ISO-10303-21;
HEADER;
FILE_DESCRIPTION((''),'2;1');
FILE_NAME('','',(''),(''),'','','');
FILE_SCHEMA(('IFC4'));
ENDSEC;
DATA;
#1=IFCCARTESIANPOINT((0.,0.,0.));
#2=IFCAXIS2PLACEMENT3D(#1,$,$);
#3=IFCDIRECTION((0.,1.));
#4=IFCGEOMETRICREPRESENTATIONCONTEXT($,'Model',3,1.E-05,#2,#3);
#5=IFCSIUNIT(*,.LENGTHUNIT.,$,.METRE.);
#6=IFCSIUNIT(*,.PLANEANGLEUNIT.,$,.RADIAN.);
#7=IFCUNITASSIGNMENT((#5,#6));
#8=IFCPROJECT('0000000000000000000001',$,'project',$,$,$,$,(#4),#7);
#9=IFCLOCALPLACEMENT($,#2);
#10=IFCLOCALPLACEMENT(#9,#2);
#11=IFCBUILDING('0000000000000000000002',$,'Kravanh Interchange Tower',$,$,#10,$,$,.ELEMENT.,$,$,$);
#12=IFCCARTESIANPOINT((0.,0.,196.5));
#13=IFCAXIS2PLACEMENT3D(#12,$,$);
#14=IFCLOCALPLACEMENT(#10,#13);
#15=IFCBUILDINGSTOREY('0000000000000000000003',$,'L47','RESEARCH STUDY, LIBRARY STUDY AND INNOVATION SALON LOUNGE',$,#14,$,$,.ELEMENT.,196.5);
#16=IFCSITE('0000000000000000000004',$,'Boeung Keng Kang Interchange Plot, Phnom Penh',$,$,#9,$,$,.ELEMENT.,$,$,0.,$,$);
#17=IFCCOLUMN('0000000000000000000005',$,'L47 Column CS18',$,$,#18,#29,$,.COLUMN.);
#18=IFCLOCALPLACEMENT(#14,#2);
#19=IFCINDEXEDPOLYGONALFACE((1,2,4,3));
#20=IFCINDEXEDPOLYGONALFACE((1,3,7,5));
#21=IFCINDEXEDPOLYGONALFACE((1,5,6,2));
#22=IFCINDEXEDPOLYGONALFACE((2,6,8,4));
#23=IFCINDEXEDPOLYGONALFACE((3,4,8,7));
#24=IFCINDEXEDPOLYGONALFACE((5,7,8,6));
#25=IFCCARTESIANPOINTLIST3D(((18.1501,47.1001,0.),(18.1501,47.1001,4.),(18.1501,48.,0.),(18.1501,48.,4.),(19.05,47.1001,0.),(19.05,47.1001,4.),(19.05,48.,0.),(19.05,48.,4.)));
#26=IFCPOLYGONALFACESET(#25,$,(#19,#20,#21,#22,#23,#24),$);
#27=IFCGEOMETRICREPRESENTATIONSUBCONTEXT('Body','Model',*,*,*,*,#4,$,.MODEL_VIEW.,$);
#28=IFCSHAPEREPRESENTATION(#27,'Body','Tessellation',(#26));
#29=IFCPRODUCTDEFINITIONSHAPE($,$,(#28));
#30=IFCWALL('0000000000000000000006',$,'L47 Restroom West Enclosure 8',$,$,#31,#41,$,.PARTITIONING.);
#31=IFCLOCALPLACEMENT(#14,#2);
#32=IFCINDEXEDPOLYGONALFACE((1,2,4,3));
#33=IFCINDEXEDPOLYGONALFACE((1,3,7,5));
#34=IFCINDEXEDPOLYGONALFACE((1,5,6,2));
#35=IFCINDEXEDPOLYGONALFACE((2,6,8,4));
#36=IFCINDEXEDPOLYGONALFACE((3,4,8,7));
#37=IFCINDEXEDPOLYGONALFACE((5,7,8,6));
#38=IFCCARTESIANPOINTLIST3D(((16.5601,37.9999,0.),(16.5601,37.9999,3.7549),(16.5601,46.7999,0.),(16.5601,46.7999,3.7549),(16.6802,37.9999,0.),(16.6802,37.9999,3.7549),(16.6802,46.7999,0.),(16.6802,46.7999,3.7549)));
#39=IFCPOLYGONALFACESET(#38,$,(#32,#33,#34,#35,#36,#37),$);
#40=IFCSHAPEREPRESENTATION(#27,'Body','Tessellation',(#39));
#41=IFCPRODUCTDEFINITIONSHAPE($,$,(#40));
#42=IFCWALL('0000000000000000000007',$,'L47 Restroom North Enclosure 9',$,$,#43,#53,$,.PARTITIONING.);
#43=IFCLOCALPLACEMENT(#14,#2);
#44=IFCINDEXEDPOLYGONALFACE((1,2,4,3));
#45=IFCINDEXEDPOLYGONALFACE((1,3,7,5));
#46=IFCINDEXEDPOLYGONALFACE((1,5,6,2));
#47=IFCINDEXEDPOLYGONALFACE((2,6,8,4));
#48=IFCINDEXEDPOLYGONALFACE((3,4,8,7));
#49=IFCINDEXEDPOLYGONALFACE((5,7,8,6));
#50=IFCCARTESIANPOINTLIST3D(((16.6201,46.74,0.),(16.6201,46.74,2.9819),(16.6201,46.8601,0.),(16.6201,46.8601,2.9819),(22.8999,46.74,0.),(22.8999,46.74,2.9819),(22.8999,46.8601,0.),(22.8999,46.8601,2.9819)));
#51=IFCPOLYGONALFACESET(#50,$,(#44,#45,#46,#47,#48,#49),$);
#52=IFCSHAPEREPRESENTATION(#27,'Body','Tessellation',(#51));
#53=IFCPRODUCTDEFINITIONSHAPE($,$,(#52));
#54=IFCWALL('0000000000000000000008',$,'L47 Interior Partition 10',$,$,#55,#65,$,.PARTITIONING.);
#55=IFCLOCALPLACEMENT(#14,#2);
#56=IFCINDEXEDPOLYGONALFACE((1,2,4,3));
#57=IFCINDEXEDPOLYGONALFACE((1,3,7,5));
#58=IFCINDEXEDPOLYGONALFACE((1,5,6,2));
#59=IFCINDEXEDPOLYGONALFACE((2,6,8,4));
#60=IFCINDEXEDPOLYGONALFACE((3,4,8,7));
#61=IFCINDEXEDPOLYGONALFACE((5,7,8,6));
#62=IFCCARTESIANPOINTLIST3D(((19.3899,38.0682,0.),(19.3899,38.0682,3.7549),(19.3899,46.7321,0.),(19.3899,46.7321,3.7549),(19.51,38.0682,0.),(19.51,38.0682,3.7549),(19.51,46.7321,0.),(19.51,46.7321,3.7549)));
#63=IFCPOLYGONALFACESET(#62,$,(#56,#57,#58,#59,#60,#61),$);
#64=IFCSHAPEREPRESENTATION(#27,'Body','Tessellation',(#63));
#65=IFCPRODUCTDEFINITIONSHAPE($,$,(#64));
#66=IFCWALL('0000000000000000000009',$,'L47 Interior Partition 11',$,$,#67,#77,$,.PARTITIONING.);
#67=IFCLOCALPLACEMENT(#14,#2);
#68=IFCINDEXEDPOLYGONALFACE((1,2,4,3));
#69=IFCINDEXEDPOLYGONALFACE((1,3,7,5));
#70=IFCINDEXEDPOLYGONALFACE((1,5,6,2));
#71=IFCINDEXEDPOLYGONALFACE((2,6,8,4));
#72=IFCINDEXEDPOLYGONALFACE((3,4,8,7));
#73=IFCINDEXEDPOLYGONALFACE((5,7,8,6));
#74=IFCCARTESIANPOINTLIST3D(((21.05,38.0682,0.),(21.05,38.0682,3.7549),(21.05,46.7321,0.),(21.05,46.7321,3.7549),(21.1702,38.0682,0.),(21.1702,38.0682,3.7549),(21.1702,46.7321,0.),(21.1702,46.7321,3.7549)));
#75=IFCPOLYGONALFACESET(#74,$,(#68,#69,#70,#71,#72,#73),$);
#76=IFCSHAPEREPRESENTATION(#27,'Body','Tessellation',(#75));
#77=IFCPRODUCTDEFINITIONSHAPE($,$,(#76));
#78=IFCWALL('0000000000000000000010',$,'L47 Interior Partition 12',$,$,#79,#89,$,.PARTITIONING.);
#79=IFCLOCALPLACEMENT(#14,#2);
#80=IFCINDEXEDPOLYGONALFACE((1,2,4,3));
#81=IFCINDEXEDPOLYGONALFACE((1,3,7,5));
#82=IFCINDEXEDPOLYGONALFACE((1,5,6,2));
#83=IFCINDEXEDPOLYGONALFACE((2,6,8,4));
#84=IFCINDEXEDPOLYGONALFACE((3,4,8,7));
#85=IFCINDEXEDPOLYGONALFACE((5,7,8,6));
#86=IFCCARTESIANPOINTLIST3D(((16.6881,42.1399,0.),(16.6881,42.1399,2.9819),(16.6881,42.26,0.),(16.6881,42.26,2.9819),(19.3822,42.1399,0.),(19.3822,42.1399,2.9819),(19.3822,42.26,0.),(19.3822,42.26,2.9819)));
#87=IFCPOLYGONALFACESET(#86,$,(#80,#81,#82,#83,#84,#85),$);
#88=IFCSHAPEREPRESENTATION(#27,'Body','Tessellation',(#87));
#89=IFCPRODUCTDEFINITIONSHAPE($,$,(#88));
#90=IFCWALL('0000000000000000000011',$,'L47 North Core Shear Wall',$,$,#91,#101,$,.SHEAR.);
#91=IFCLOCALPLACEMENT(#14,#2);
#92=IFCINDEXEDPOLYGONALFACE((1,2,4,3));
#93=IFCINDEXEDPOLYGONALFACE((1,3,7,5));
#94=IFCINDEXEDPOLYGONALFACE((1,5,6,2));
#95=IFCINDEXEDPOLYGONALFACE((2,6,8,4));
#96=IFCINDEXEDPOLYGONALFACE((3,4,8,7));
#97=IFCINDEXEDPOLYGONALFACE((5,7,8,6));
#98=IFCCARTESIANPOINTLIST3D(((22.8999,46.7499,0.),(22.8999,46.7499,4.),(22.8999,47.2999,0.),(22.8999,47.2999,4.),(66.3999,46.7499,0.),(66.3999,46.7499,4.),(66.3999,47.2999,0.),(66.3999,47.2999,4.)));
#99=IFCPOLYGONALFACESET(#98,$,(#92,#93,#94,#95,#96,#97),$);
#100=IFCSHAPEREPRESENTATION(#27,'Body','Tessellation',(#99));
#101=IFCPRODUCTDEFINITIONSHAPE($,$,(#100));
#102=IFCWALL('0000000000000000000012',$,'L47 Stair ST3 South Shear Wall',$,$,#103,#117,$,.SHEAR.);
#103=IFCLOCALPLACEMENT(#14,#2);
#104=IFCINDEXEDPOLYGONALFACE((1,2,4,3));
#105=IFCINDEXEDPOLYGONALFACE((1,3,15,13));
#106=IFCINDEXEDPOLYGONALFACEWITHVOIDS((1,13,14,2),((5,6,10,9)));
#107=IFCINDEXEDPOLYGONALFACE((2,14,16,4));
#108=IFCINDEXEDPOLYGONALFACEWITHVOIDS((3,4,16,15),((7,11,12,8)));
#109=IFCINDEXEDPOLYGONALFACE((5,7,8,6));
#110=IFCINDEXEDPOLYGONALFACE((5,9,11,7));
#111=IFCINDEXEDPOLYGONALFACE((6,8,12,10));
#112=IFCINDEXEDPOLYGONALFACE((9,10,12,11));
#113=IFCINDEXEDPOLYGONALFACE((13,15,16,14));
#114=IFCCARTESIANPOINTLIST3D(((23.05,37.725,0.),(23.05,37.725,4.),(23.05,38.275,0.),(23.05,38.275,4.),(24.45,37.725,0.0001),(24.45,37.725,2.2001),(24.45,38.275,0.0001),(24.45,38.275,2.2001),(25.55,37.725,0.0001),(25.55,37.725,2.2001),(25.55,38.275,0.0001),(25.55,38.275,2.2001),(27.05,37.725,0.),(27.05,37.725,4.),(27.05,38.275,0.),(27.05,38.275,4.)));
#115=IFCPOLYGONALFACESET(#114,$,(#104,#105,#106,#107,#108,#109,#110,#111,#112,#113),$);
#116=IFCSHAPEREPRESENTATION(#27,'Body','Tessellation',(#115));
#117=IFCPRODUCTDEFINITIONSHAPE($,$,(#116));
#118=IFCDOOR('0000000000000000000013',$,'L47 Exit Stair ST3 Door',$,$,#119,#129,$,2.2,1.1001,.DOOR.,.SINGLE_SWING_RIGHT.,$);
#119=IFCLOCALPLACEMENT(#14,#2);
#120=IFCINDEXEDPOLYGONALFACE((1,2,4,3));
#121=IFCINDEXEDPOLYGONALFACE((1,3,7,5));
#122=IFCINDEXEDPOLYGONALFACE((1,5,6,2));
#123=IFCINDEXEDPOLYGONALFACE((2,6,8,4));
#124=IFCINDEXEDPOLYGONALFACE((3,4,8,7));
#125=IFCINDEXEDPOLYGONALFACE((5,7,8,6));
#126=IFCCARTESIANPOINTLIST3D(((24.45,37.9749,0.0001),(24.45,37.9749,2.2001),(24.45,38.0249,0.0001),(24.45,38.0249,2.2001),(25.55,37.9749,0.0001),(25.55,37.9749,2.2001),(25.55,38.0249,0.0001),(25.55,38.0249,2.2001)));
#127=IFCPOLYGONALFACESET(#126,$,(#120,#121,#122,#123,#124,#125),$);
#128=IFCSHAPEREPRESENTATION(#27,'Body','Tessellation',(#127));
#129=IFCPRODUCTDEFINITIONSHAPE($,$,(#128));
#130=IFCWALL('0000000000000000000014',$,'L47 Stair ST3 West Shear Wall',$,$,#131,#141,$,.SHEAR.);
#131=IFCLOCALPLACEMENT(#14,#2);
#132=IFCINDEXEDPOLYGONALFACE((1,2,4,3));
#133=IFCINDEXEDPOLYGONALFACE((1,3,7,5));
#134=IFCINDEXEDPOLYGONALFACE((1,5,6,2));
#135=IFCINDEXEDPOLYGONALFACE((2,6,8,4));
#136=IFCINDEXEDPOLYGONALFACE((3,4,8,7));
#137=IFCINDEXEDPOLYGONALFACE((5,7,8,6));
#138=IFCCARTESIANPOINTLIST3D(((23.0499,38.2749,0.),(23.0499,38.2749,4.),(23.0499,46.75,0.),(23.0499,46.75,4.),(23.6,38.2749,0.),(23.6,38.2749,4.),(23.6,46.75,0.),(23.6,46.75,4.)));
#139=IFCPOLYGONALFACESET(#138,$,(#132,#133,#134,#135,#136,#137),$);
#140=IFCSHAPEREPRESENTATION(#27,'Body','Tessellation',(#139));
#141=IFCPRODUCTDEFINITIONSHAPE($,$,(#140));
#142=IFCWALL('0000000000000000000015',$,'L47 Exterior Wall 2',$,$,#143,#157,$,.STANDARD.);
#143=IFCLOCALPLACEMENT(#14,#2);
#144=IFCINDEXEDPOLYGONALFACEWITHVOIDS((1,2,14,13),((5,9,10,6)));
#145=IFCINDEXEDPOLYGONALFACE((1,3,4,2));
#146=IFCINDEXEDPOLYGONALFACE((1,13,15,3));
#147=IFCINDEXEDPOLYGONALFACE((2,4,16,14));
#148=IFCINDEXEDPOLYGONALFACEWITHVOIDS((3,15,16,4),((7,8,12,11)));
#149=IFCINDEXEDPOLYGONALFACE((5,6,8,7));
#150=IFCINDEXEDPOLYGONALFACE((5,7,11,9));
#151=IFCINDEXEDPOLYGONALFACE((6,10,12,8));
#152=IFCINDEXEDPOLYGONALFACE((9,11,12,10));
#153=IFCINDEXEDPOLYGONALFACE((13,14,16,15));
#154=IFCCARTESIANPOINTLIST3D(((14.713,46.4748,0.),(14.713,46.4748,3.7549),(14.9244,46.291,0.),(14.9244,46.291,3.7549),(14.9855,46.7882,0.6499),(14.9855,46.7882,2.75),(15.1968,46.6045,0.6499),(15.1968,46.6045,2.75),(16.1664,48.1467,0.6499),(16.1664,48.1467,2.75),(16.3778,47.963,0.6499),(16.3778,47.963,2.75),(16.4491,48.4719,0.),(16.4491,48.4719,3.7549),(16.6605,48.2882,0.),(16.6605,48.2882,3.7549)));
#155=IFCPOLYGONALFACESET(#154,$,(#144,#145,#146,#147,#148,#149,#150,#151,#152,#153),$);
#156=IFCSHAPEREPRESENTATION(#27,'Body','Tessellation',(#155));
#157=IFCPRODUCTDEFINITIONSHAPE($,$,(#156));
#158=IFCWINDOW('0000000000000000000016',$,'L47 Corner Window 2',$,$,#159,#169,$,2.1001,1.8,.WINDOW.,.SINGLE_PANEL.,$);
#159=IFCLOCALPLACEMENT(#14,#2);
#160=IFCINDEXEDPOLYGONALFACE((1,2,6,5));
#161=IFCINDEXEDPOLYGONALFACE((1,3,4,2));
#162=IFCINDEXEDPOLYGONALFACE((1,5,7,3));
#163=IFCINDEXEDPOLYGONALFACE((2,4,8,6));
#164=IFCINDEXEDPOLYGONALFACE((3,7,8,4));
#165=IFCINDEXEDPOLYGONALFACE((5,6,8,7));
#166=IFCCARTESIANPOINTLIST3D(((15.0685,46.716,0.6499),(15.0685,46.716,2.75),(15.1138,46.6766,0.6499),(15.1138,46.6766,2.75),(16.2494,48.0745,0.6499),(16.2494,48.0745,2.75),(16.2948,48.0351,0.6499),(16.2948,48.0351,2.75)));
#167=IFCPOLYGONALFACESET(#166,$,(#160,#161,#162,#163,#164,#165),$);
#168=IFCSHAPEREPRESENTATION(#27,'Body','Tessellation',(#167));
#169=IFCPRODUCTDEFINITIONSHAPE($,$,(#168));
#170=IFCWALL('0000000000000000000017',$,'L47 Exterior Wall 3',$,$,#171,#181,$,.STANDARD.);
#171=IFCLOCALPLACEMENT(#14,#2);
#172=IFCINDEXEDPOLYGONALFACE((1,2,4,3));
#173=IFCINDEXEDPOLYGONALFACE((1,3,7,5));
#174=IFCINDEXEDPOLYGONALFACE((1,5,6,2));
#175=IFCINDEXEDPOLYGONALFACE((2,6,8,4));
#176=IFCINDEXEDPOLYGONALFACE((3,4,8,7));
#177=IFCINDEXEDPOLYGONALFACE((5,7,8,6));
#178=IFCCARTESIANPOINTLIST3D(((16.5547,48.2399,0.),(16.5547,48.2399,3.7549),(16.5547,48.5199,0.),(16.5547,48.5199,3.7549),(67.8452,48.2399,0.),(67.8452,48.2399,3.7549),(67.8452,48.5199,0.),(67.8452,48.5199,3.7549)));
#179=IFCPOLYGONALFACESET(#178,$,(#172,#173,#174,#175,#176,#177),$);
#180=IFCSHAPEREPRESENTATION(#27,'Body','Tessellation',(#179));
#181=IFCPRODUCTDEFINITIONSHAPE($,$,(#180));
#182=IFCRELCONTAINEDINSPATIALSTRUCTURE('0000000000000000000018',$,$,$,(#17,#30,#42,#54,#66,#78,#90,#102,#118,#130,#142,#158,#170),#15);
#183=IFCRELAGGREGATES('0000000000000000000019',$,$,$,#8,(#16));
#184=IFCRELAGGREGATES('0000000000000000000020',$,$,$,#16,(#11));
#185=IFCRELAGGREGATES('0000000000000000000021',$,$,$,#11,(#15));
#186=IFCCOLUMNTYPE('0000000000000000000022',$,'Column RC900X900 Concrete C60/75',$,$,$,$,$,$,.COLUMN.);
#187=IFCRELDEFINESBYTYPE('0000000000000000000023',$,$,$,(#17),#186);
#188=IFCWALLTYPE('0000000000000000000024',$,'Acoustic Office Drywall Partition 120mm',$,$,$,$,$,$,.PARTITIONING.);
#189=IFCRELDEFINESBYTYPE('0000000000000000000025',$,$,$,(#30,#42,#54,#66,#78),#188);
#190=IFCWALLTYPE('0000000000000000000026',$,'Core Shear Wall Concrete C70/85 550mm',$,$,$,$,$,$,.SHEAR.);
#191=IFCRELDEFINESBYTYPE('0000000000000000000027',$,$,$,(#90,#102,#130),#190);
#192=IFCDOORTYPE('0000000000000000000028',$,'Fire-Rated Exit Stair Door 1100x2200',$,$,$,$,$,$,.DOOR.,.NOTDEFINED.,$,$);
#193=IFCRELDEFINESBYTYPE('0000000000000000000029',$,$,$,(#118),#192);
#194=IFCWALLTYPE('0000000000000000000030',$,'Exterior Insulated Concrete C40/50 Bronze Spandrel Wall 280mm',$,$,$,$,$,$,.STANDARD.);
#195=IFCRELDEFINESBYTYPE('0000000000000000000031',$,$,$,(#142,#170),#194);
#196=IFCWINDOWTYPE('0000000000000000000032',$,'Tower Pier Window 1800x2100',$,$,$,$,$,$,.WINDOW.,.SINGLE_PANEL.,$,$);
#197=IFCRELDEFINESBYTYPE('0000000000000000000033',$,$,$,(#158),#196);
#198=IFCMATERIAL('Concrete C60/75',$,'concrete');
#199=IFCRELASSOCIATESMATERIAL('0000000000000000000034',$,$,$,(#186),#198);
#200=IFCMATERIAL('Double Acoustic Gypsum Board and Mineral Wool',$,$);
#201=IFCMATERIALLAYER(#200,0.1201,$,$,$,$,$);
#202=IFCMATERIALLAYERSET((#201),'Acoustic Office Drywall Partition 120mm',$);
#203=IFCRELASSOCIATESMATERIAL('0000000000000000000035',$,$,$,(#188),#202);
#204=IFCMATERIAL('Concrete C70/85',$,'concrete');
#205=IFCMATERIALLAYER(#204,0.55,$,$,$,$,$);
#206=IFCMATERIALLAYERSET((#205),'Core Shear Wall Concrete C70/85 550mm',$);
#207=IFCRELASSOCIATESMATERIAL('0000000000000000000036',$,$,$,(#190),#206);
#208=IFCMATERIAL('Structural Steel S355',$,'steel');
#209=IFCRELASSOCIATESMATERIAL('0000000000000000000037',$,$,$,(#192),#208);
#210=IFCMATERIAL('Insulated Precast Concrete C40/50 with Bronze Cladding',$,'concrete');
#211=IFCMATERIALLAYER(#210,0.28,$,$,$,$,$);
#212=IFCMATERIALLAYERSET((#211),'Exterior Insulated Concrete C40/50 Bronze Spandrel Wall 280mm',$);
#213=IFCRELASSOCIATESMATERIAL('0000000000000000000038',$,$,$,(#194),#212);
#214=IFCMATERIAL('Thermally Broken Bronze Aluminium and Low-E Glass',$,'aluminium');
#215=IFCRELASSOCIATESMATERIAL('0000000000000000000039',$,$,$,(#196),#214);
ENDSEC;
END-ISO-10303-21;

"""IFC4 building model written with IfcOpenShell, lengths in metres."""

from ifc_helpers import new_model, si_unit, direction, frame, frame_2d, origin, origin_2d, place, context, subcontext, project, spatial, rectangle, extrude, material, layer, layer_set, material_profile, profile_set, type_object, element, fill, save


model = new_model("IFC4")

# Units and contexts
model_context = context("Model", 3, precision=1e-05, world=origin(), true_north=direction((0.0, 1.0)))
body_context = subcontext(model_context, "Body", "Model", "MODEL_VIEW")
ifc_project = project(units=[si_unit("LENGTHUNIT", "METRE"), si_unit("PLANEANGLEUNIT", "RADIAN")], contexts=[model_context])

# Site, building, storey
site_placement = place(None, origin())
site = spatial("IfcSite", under=ifc_project, at=site_placement, Name="Boeung Keng Kang Interchange Plot, Phnom Penh", CompositionType="ELEMENT", RefElevation=0.0)
building_placement = place(site_placement, origin())
building = spatial("IfcBuilding", under=site, at=building_placement, Name="Kravanh Interchange Tower", CompositionType="ELEMENT")
storey_placement = place(building_placement, frame((0.0, 0.0, 196.5)))
storey = spatial("IfcBuildingStorey", under=building, at=storey_placement, Name="L47", Description="RESEARCH STUDY, LIBRARY STUDY AND INNOVATION SALON LOUNGE", CompositionType="ELEMENT", Elevation=196.5)

# Column
ifc_material_1 = material(Name="Concrete C60/75", Category="concrete")
ifc_material_profile = material_profile(ifc_material_1, rectangle(XDim=0.8999, YDim=0.8999, at=origin_2d()), Name="RC900X900")
ifc_profile_set = profile_set([ifc_material_profile], Name="Concrete C60/75")
column_type = type_object("IfcColumnType", Name="Column RC900X900 Concrete C60/75", PredefinedType="COLUMN", material=ifc_profile_set)
column_placement = place(storey_placement, frame((18.6001, 47.55, 0.0), z_axis=(0.0, 0.0, 1.0), x_axis=(1.0, 0.0, 0.0)))
element("IfcColumn", 1, at=column_placement, inside=storey, type_object=column_type, Name="L47 Column CS18", PredefinedType="COLUMN", context=body_context, shape_type="SweptSolid", body=[
    extrude(rectangle(XDim=0.8999, YDim=0.8999, at=origin_2d()), origin(), (0.0, 0.0, 1.0), 4.0),
])

# Shared definitions
ifc_material_2 = material(Name="Double Acoustic Gypsum Board and Mineral Wool")
ifc_layer_1 = layer(ifc_material_2, 0.1201)
ifc_layer_set_1 = layer_set([ifc_layer_1], Name="Acoustic Office Drywall Partition 120mm")
wall_type_1 = type_object("IfcWallType", Name="Acoustic Office Drywall Partition 120mm", PredefinedType="PARTITIONING", material=ifc_layer_set_1)

# Walls
wall_1_placement = place(storey_placement, frame((16.6201, 38.0, 0.0), z_axis=(0.0, 0.0, 1.0), x_axis=(0.0, 1.0, 0.0)))
element("IfcWall", 2, at=wall_1_placement, inside=storey, type_object=wall_type_1, Name="L47 Restroom West Enclosure 8", PredefinedType="PARTITIONING", context=body_context, shape_type="SweptSolid", body=[
    extrude(rectangle(XDim=8.8, YDim=0.1201, at=frame_2d((4.3999, 0.0))), origin(), (0.0, 0.0, 1.0), 3.7549),
])
wall_2_placement = place(storey_placement, frame((16.6201, 46.8, 0.0), z_axis=(0.0, 0.0, 1.0), x_axis=(1.0, 0.0, 0.0)))
element("IfcWall", 3, at=wall_2_placement, inside=storey, type_object=wall_type_1, Name="L47 Restroom North Enclosure 9", PredefinedType="PARTITIONING", context=body_context, shape_type="SweptSolid", body=[
    extrude(rectangle(XDim=6.2798, YDim=0.1201, at=frame_2d((3.1399, 0.0))), origin(), (0.0, 0.0, 1.0), 2.9819),
])
for number, where, z_axis, x_axis, name in (
    (4, (19.45, 38.0681, 0.0), (0.0, 0.0, 1.0), (0.0, 1.0, 0.0), "L47 Interior Partition 10"),
    (5, (21.1101, 38.0681, 0.0), (0.0, 0.0, 1.0), (0.0, 1.0, 0.0), "L47 Interior Partition 11"),
):
    element("IfcWall", number, at=place(storey_placement, frame(where, z_axis=z_axis, x_axis=x_axis)), inside=storey, type_object=wall_type_1, Name=name, PredefinedType="PARTITIONING", context=body_context, shape_type="SweptSolid", body=[
        extrude(rectangle(XDim=8.6638, YDim=0.1201, at=frame_2d((4.332, 0.0))), origin(), (0.0, 0.0, 1.0), 3.7549),
    ])
wall_3_placement = place(storey_placement, frame((16.688, 42.2, 0.0), z_axis=(0.0, 0.0, 1.0), x_axis=(1.0, 0.0, 0.0)))
element("IfcWall", 6, at=wall_3_placement, inside=storey, type_object=wall_type_1, Name="L47 Interior Partition 12", PredefinedType="PARTITIONING", context=body_context, shape_type="SweptSolid", body=[
    extrude(rectangle(XDim=2.6941, YDim=0.1201, at=frame_2d((1.3472, 0.0))), origin(), (0.0, 0.0, 1.0), 2.9819),
])
ifc_material_3 = material(Name="Concrete C70/85", Category="concrete")
ifc_layer_2 = layer(ifc_material_3, 0.55)
ifc_layer_set_2 = layer_set([ifc_layer_2], Name="Core Shear Wall Concrete C70/85 550mm")
wall_type_2 = type_object("IfcWallType", Name="Core Shear Wall Concrete C70/85 550mm", PredefinedType="SHEAR", material=ifc_layer_set_2)
wall_4_placement = place(storey_placement, frame((22.8999, 47.0249, 0.0), z_axis=(0.0, 0.0, 1.0), x_axis=(1.0, 0.0, 0.0)))
element("IfcWall", 7, at=wall_4_placement, inside=storey, type_object=wall_type_2, Name="L47 North Core Shear Wall", PredefinedType="SHEAR", context=body_context, shape_type="SweptSolid", body=[
    extrude(rectangle(XDim=43.5, YDim=0.55, at=frame_2d((21.75, 0.0))), origin(), (0.0, 0.0, 1.0), 4.0),
])

# Wall, opening, door
wall_5_placement = place(storey_placement, frame((23.05, 38.0, 0.0), z_axis=(0.0, 0.0, 1.0), x_axis=(1.0, 0.0, 0.0)))
wall_5 = element("IfcWall", 8, at=wall_5_placement, inside=storey, type_object=wall_type_2, Name="L47 Stair ST3 South Shear Wall", PredefinedType="SHEAR", context=body_context, shape_type="SweptSolid", body=[
    extrude(rectangle(XDim=4.0, YDim=0.55, at=frame_2d((2.0, 0.0))), origin(), (0.0, 0.0, 1.0), 4.0),
])
opening_1_placement = place(wall_5_placement, frame((1.3999, 0.0, 0.0)))
opening_1 = element("IfcOpeningElement", 9, at=opening_1_placement, cuts=wall_5, PredefinedType="OPENING", context=body_context, shape_type="SweptSolid", body=[
    extrude(rectangle(XDim=1.1001, YDim=2.2, at=frame_2d((0.55, 1.1001))), frame((0.0, 0.2852, 0.0), z_axis=(0.0, -1.0, 0.0), x_axis=(1.0, 0.0, 0.0)), (0.0, 0.0, 1.0), 0.5701),
])
ifc_material_4 = material(Name="Structural Steel S355", Category="steel")
door_type_1 = type_object("IfcDoorType", Name="Fire-Rated Exit Stair Door 1100x2200", OperationType="NOTDEFINED", PredefinedType="DOOR", material=ifc_material_4)
door_1_placement = place(opening_1_placement, origin())
door_1 = element("IfcDoor", 10, at=door_1_placement, inside=storey, type_object=door_type_1, Name="L47 Exit Stair ST3 Door", OperationType="SINGLE_SWING_RIGHT", OverallHeight=2.2, OverallWidth=1.1001, PredefinedType="DOOR", context=body_context, shape_type="SweptSolid", body=[
    extrude(rectangle(XDim=1.1001, YDim=2.2, at=frame_2d((0.55, 1.1001))), frame((0.0, 0.0249, 0.0), z_axis=(0.0, -1.0, 0.0), x_axis=(1.0, 0.0, 0.0)), (0.0, 0.0, 1.0), 0.05),
])
fill(opening_1, door_1)

# Wall
wall_6_placement = place(storey_placement, frame((23.325, 38.2749, 0.0), z_axis=(0.0, 0.0, 1.0), x_axis=(0.0, 1.0, 0.0)))
element("IfcWall", 11, at=wall_6_placement, inside=storey, type_object=wall_type_2, Name="L47 Stair ST3 West Shear Wall", PredefinedType="SHEAR", context=body_context, shape_type="SweptSolid", body=[
    extrude(rectangle(XDim=8.4751, YDim=0.55, at=frame_2d((4.2375, 0.0))), origin(), (0.0, 0.0, 1.0), 4.0),
])

# Wall, opening, window
ifc_material_5 = material(Name="Insulated Precast Concrete C40/50 with Bronze Cladding", Category="concrete")
ifc_layer_3 = layer(ifc_material_5, 0.28)
ifc_layer_set_3 = layer_set([ifc_layer_3], Name="Exterior Insulated Concrete C40/50 Bronze Spandrel Wall 280mm")
wall_type_3 = type_object("IfcWallType", Name="Exterior Insulated Concrete C40/50 Bronze Spandrel Wall 280mm", PredefinedType="STANDARD", material=ifc_layer_set_3)
wall_7_placement = place(storey_placement, frame((14.8186, 46.3828, 0.0), z_axis=(0.0, 0.0, 1.0), x_axis=(0.656071, 0.754699, 0.0)))
wall_7 = element("IfcWall", 12, at=wall_7_placement, inside=storey, type_object=wall_type_3, Name="L47 Exterior Wall 2", PredefinedType="STANDARD", context=body_context, shape_type="SweptSolid", body=[
    extrude(rectangle(XDim=2.6462, YDim=0.28, at=frame_2d((1.3232, 0.0))), origin(), (0.0, 0.0, 1.0), 3.7549),
])
opening_2_placement = place(wall_7_placement, frame((0.4155, 0.0, 0.6499)))
opening_2 = element("IfcOpeningElement", 13, at=opening_2_placement, cuts=wall_7, PredefinedType="OPENING", context=body_context, shape_type="SweptSolid", body=[
    extrude(rectangle(XDim=1.8, YDim=2.1001, at=frame_2d((0.8999, 1.05))), frame((0.0, 0.1499, 0.0), z_axis=(0.0, -1.0, 0.0), x_axis=(1.0, 0.0, 0.0)), (0.0, 0.0, 1.0), 0.3),
])
ifc_material_6 = material(Name="Thermally Broken Bronze Aluminium and Low-E Glass", Category="aluminium")
window_type = type_object("IfcWindowType", Name="Tower Pier Window 1800x2100", PartitioningType="SINGLE_PANEL", PredefinedType="WINDOW", material=ifc_material_6)
window_placement = place(opening_2_placement, origin())
window = element("IfcWindow", 14, at=window_placement, inside=storey, type_object=window_type, Name="L47 Corner Window 2", OverallHeight=2.1001, OverallWidth=1.8, PartitioningType="SINGLE_PANEL", PredefinedType="WINDOW", context=body_context, shape_type="SweptSolid", body=[
    extrude(rectangle(XDim=1.8, YDim=2.1001, at=frame_2d((0.8999, 1.05))), frame((0.0, 0.03, 0.0), z_axis=(0.0, -1.0, 0.0), x_axis=(1.0, 0.0, 0.0)), (0.0, 0.0, 1.0), 0.0601),
])
fill(opening_2, window)

# Wall
wall_8_placement = place(storey_placement, frame((16.5547, 48.3799, 0.0), z_axis=(0.0, 0.0, 1.0), x_axis=(1.0, 0.0, 0.0)))
element("IfcWall", 15, at=wall_8_placement, inside=storey, type_object=wall_type_3, Name="L47 Exterior Wall 3", PredefinedType="STANDARD", context=body_context, shape_type="SweptSolid", body=[
    extrude(rectangle(XDim=51.2905, YDim=0.28, at=frame_2d((25.6453, 0.0))), origin(), (0.0, 0.0, 1.0), 3.7549),
])

save(model, "model.ifc")
